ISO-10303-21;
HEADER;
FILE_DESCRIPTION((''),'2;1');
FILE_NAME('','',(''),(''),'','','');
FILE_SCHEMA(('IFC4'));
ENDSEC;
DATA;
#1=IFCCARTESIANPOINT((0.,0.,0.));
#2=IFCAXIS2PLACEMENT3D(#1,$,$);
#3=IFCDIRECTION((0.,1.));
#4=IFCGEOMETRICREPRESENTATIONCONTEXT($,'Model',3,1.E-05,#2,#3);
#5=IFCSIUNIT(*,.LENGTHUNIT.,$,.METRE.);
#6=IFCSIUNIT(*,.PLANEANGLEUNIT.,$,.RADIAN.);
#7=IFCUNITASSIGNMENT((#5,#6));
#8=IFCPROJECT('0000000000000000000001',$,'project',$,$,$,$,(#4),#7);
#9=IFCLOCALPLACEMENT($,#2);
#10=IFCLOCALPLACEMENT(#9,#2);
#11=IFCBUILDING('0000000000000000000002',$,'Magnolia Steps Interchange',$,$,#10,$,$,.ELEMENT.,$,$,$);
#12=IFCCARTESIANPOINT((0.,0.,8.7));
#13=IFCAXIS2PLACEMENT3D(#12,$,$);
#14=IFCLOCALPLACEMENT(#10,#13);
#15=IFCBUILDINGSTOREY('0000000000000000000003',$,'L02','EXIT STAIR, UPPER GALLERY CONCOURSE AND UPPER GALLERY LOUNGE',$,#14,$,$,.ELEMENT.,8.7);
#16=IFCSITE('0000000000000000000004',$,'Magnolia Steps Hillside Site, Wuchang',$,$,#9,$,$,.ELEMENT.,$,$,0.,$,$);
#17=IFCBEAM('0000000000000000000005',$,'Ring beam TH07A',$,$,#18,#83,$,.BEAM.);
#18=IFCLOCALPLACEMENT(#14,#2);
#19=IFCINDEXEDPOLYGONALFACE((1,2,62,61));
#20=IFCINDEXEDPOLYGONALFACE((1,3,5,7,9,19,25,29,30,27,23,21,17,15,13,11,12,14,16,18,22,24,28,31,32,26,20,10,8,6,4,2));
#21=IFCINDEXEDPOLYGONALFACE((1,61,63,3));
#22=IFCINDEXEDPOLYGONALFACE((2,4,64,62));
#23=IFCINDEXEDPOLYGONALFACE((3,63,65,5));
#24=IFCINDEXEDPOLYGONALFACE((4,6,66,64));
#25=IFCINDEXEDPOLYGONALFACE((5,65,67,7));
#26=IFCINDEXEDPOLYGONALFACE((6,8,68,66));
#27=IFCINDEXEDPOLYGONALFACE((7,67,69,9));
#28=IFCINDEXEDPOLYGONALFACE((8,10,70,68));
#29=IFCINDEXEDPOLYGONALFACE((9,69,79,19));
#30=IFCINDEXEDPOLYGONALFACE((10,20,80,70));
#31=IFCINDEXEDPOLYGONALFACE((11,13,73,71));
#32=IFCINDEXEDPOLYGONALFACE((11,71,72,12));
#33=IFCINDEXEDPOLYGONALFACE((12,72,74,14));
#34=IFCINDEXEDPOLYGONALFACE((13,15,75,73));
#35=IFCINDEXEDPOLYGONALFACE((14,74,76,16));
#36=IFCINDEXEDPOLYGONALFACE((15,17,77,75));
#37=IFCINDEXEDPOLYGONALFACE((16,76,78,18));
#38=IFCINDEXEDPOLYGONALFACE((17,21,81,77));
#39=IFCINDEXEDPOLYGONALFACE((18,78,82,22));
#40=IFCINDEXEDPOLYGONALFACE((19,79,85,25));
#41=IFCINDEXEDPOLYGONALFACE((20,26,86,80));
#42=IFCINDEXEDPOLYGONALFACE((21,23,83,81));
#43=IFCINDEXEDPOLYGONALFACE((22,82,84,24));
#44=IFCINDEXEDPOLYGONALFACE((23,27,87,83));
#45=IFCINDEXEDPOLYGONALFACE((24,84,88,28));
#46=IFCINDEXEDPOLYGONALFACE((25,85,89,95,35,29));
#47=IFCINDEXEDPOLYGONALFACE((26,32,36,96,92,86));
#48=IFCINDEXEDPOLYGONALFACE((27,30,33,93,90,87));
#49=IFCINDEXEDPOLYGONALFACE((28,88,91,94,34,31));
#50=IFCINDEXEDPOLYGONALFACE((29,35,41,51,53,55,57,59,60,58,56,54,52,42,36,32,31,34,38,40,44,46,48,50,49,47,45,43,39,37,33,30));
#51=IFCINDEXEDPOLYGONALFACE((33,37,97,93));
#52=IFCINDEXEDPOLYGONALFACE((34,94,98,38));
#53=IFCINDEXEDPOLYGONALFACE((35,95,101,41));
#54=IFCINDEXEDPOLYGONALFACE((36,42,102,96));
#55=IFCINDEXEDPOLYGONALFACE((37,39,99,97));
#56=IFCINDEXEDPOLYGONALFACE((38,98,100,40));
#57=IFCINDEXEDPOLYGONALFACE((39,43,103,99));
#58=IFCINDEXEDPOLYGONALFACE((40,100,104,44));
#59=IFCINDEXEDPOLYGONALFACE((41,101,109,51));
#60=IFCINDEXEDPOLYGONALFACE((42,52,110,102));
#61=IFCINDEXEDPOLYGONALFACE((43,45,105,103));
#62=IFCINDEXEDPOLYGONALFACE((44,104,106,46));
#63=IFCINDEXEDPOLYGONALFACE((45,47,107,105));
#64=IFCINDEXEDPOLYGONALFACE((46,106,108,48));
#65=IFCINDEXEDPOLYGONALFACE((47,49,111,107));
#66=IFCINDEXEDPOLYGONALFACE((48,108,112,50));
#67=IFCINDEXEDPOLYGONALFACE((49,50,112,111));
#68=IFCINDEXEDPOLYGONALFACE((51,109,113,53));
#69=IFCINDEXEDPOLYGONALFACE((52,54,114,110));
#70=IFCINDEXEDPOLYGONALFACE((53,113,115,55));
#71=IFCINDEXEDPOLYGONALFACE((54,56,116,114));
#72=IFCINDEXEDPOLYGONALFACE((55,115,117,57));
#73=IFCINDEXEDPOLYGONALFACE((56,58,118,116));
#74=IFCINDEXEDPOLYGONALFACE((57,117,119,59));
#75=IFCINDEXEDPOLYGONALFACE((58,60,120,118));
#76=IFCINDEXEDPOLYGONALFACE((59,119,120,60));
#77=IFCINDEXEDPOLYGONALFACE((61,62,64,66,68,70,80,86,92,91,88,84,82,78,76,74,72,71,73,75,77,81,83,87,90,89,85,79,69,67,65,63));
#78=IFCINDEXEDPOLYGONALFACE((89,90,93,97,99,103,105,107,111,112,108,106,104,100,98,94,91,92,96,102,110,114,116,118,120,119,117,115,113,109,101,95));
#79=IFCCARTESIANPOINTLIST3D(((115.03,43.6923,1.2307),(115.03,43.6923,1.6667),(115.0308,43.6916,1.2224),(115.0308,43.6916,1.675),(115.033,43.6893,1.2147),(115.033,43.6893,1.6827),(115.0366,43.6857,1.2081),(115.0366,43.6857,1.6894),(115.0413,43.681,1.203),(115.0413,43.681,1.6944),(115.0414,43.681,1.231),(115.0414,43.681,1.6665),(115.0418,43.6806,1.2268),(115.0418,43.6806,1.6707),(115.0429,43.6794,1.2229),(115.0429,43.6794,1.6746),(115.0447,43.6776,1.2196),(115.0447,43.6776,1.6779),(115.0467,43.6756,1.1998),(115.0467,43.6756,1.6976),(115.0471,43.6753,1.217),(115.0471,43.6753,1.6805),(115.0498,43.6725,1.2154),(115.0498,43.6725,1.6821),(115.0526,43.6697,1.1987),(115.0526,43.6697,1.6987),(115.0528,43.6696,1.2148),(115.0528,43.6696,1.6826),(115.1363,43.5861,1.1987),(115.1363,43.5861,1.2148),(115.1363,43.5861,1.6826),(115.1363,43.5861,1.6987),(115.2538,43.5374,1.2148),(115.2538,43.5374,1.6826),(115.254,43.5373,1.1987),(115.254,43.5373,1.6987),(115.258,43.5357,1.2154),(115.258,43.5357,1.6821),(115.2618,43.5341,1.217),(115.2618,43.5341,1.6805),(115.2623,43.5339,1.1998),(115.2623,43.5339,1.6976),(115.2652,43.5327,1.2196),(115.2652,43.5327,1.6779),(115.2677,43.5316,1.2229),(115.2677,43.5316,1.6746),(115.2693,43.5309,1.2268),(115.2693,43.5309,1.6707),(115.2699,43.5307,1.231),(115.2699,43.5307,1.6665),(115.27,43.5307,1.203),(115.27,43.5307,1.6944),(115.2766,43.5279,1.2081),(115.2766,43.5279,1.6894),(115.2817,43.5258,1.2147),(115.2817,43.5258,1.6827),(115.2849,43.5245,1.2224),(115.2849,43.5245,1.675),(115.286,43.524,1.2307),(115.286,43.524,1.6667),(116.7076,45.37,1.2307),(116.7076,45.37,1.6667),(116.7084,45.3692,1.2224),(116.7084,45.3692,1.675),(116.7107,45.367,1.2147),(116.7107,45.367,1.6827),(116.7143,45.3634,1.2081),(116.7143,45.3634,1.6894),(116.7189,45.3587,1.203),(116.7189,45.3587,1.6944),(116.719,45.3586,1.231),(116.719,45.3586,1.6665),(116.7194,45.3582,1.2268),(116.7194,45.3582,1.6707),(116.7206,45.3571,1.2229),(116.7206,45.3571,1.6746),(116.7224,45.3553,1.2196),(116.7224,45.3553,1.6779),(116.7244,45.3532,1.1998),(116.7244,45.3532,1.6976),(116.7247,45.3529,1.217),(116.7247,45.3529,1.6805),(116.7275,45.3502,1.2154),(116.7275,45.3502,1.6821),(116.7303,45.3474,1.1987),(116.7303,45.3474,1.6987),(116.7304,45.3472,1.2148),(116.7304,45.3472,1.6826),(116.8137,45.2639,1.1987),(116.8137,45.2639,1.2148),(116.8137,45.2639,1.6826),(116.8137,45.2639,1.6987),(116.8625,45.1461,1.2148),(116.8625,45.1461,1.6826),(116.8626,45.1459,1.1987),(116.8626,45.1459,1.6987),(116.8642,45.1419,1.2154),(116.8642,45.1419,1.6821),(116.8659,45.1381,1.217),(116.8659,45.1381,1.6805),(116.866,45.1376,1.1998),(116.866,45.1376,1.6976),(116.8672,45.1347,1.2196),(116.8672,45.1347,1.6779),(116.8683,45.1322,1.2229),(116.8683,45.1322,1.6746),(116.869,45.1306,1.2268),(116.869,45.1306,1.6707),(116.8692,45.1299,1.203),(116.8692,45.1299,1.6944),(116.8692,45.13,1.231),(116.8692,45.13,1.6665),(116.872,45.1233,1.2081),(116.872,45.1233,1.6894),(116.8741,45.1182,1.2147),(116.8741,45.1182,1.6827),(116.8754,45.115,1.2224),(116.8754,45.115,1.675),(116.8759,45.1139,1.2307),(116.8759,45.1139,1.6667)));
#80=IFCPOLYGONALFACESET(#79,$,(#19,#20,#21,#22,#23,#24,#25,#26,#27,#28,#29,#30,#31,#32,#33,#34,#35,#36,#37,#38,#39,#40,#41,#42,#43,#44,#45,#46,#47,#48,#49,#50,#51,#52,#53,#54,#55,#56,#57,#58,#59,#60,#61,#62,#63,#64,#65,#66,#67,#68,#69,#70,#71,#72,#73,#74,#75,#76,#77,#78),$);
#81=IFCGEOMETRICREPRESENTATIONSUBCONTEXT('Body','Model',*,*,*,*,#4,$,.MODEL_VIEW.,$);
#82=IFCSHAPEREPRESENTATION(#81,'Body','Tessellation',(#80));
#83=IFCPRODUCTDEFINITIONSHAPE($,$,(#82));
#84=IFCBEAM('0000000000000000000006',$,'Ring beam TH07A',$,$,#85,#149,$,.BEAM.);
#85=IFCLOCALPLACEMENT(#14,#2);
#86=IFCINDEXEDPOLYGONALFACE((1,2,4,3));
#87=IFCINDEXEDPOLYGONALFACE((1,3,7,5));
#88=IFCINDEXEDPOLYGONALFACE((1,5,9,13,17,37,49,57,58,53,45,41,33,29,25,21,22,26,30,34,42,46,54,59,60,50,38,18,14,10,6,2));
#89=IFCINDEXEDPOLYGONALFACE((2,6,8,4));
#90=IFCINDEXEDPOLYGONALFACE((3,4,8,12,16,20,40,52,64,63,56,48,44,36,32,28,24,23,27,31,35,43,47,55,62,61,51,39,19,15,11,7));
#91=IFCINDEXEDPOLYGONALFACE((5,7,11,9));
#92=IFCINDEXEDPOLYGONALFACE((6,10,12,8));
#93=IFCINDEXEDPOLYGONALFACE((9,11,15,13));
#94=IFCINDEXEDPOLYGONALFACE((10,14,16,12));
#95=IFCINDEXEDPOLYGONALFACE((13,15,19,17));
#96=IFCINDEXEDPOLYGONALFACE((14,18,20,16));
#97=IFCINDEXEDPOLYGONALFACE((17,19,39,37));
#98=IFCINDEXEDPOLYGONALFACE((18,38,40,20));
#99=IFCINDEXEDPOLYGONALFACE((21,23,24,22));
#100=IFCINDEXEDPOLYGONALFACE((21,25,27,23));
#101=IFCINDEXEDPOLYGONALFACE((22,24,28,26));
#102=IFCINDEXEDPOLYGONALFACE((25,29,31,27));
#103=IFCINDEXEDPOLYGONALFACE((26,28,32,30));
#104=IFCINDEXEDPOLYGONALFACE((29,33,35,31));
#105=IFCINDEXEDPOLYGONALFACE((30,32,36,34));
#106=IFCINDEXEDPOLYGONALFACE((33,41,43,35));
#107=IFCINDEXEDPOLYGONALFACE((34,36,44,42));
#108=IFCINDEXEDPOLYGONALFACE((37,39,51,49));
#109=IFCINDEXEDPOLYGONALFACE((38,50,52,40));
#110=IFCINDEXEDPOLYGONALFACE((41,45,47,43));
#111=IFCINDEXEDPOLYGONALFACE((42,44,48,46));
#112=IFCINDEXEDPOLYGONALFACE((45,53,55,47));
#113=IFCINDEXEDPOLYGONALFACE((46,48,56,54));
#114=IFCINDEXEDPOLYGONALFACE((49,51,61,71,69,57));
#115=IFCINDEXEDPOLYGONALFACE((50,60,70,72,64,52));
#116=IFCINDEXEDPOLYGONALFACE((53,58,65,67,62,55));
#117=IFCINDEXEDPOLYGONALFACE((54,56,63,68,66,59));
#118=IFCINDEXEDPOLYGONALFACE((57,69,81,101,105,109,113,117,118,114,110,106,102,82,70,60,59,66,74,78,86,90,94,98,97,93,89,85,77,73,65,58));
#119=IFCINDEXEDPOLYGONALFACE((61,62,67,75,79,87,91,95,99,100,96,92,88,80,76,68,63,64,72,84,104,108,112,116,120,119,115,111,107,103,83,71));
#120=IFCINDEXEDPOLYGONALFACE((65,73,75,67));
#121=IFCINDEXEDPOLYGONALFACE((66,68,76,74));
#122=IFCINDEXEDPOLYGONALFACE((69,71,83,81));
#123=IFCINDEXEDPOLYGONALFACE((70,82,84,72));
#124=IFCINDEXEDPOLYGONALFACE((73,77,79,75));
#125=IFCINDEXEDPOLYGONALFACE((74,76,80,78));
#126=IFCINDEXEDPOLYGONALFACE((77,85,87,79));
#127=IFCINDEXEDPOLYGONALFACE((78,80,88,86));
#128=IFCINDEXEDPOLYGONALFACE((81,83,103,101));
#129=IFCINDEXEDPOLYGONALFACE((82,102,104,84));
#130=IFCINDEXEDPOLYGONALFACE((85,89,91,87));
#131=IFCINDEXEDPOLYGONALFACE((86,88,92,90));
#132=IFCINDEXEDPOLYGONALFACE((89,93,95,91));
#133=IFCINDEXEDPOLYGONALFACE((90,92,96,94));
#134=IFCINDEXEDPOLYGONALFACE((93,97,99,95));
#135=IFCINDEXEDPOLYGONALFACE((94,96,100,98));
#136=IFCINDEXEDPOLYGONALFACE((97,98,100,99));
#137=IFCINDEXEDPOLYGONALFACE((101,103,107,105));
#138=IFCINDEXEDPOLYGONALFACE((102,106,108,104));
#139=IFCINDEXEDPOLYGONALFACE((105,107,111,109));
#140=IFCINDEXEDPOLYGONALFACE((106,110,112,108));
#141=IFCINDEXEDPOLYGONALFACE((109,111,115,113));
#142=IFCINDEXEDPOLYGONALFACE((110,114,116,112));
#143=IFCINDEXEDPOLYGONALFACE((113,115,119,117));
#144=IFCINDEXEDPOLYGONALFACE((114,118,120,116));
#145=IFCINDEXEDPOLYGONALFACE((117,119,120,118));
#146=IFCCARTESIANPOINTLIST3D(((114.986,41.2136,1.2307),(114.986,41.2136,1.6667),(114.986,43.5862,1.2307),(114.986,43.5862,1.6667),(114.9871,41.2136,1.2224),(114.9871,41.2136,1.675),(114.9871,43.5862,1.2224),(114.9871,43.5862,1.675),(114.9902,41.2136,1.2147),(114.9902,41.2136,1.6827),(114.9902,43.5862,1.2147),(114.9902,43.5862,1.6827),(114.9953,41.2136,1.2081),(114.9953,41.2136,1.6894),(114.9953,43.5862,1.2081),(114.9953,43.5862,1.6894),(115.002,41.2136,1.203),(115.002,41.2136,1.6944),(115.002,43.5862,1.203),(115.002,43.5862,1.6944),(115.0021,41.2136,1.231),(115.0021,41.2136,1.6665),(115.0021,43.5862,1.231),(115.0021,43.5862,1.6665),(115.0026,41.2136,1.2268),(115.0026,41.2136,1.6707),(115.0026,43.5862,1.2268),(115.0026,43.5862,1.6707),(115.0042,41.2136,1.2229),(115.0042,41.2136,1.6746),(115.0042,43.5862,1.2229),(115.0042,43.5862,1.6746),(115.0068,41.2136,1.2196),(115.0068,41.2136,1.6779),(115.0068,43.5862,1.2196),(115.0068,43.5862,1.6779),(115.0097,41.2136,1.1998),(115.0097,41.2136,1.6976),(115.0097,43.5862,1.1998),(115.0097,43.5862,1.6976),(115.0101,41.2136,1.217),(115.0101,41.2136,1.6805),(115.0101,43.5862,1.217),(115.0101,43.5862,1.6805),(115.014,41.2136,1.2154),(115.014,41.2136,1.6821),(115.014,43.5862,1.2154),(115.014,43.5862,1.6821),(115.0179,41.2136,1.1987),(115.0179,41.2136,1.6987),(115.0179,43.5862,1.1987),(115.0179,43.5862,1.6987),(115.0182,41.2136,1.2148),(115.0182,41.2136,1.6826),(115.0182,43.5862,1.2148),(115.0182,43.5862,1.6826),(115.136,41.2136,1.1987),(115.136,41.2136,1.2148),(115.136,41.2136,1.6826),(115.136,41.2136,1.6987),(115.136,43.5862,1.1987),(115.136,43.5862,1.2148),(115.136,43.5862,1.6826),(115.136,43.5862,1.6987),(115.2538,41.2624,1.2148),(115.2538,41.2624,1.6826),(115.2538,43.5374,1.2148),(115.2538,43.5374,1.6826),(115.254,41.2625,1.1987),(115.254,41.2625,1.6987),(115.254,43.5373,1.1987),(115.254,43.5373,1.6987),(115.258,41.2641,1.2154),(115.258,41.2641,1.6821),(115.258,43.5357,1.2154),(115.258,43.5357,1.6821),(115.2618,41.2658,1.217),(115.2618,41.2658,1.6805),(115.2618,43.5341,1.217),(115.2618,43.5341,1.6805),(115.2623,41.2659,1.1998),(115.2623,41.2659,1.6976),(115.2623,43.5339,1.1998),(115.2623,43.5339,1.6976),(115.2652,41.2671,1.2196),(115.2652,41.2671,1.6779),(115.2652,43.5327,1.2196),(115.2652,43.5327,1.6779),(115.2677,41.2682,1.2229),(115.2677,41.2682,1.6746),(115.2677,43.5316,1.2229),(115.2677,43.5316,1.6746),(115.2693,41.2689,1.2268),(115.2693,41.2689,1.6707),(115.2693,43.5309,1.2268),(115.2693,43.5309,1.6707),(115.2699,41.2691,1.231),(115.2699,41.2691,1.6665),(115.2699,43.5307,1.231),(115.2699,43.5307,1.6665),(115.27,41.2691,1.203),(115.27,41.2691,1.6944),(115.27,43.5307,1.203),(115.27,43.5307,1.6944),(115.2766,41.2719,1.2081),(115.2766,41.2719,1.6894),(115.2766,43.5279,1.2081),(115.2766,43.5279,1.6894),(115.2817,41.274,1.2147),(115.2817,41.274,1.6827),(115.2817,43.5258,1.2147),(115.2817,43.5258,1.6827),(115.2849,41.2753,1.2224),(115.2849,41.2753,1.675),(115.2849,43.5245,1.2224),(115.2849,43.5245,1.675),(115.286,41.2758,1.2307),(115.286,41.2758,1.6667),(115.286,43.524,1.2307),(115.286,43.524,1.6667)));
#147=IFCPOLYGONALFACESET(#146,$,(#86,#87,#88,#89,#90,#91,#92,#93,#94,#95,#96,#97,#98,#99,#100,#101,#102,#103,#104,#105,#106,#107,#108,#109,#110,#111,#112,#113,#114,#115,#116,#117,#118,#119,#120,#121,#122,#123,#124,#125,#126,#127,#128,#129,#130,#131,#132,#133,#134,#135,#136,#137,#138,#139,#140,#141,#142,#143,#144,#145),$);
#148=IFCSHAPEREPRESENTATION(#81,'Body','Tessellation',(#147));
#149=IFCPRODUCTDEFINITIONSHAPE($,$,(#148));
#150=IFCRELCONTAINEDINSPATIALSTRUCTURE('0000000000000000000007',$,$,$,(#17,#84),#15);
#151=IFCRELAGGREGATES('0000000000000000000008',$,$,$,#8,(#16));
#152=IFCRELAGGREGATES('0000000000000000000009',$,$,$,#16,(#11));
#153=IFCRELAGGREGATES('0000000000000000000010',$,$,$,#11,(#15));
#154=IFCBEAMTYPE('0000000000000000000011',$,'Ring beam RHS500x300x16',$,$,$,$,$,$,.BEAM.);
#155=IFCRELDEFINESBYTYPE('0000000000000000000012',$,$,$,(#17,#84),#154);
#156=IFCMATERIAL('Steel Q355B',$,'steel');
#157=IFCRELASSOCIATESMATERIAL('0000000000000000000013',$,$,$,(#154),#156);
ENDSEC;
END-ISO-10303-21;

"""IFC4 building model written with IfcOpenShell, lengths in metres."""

from ifc_helpers import new_model, si_unit, direction, frame, origin, origin_2d, place, context, subcontext, project, spatial, hollow_rectangle, extrude, clip, halfspace, material, material_profile, profile_set, type_object, element, save


model = new_model("IFC4")

# Units and contexts
model_context = context("Model", 3, precision=1e-05, world=origin(), true_north=direction((0.0, 1.0)))
body_context = subcontext(model_context, "Body", "Model", "MODEL_VIEW")
ifc_project = project(units=[si_unit("LENGTHUNIT", "METRE"), si_unit("PLANEANGLEUNIT", "RADIAN")], contexts=[model_context])

# Site, building, storey
site_placement = place(None, origin())
site = spatial("IfcSite", under=ifc_project, at=site_placement, Name="Magnolia Steps Hillside Site, Wuchang", CompositionType="ELEMENT", RefElevation=0.0)
building_placement = place(site_placement, origin())
building = spatial("IfcBuilding", under=site, at=building_placement, Name="Magnolia Steps Interchange", CompositionType="ELEMENT")
storey_placement = place(building_placement, frame((0.0, 0.0, 8.7)))
storey = spatial("IfcBuildingStorey", under=building, at=storey_placement, Name="L02", Description="EXIT STAIR, UPPER GALLERY CONCOURSE AND UPPER GALLERY LOUNGE", CompositionType="ELEMENT", Elevation=8.7)

# Beams
ifc_material_1 = material(Name="Steel Q355B", Category="steel")
ifc_material_profile_1 = material_profile(ifc_material_1, hollow_rectangle(XDim=0.3, YDim=0.5, WallThickness=0.0161, InnerFilletRadius=0.0161, OuterFilletRadius=0.032, at=origin_2d()), Name="RHS500x300x16")
ifc_profile_set_1 = profile_set([ifc_material_profile_1], Name="Steel Q355B")
beam_type = type_object("IfcBeamType", Name="Ring beam RHS500x300x16", PredefinedType="BEAM", material=ifc_profile_set_1)
beam_1_placement = place(storey_placement, frame((116.8137, 45.2639, 1.4487), z_axis=(-0.707107, -0.707107, 0.0), x_axis=(0.707107, -0.707107, 0.0)))
element("IfcBeam", 1, at=beam_1_placement, inside=storey, type_object=beam_type, Name="Ring beam TH07A", PredefinedType="BEAM", context=body_context, shape_type="Clipping", body=[
    clip(clip(extrude(hollow_rectangle(XDim=0.3, YDim=0.5, WallThickness=0.0161, InnerFilletRadius=0.0161, OuterFilletRadius=0.032, at=origin_2d()), origin(), (0.0, 0.0, 1.0), 2.3726), halfspace(frame((0.0, 0.0, 0.0), z_axis=(0.382683, 0.0, -0.92388), x_axis=(0.92388, 0.0, 0.382683)), False)), halfspace(frame((0.0, 0.0, 2.3727), z_axis=(0.382683, 0.0, 0.92388), x_axis=(0.92388, 0.0, -0.382683)), False)),
])
beam_2_placement = place(storey_placement, frame((115.136, 43.5862, 1.4487), z_axis=(0.0, -1.0, 0.0), x_axis=(1.0, 0.0, 0.0)))
element("IfcBeam", 2, at=beam_2_placement, inside=storey, type_object=beam_type, Name="Ring beam TH07A", PredefinedType="BEAM", context=body_context, shape_type="Clipping", body=[
    clip(clip(extrude(hollow_rectangle(XDim=0.3, YDim=0.5, WallThickness=0.0161, InnerFilletRadius=0.0161, OuterFilletRadius=0.032, at=origin_2d()), origin(), (0.0, 0.0, 1.0), 2.3726), halfspace(frame((0.0, 0.0, 0.0), z_axis=(0.382683, 0.0, -0.92388), x_axis=(0.92388, 0.0, 0.382683)), False)), halfspace(frame((0.0, 0.0, 2.3726), z_axis=(0.382683, 0.0, 0.92388), x_axis=(0.92388, 0.0, -0.382683)), False)),
])

save(model, "model.ifc")
